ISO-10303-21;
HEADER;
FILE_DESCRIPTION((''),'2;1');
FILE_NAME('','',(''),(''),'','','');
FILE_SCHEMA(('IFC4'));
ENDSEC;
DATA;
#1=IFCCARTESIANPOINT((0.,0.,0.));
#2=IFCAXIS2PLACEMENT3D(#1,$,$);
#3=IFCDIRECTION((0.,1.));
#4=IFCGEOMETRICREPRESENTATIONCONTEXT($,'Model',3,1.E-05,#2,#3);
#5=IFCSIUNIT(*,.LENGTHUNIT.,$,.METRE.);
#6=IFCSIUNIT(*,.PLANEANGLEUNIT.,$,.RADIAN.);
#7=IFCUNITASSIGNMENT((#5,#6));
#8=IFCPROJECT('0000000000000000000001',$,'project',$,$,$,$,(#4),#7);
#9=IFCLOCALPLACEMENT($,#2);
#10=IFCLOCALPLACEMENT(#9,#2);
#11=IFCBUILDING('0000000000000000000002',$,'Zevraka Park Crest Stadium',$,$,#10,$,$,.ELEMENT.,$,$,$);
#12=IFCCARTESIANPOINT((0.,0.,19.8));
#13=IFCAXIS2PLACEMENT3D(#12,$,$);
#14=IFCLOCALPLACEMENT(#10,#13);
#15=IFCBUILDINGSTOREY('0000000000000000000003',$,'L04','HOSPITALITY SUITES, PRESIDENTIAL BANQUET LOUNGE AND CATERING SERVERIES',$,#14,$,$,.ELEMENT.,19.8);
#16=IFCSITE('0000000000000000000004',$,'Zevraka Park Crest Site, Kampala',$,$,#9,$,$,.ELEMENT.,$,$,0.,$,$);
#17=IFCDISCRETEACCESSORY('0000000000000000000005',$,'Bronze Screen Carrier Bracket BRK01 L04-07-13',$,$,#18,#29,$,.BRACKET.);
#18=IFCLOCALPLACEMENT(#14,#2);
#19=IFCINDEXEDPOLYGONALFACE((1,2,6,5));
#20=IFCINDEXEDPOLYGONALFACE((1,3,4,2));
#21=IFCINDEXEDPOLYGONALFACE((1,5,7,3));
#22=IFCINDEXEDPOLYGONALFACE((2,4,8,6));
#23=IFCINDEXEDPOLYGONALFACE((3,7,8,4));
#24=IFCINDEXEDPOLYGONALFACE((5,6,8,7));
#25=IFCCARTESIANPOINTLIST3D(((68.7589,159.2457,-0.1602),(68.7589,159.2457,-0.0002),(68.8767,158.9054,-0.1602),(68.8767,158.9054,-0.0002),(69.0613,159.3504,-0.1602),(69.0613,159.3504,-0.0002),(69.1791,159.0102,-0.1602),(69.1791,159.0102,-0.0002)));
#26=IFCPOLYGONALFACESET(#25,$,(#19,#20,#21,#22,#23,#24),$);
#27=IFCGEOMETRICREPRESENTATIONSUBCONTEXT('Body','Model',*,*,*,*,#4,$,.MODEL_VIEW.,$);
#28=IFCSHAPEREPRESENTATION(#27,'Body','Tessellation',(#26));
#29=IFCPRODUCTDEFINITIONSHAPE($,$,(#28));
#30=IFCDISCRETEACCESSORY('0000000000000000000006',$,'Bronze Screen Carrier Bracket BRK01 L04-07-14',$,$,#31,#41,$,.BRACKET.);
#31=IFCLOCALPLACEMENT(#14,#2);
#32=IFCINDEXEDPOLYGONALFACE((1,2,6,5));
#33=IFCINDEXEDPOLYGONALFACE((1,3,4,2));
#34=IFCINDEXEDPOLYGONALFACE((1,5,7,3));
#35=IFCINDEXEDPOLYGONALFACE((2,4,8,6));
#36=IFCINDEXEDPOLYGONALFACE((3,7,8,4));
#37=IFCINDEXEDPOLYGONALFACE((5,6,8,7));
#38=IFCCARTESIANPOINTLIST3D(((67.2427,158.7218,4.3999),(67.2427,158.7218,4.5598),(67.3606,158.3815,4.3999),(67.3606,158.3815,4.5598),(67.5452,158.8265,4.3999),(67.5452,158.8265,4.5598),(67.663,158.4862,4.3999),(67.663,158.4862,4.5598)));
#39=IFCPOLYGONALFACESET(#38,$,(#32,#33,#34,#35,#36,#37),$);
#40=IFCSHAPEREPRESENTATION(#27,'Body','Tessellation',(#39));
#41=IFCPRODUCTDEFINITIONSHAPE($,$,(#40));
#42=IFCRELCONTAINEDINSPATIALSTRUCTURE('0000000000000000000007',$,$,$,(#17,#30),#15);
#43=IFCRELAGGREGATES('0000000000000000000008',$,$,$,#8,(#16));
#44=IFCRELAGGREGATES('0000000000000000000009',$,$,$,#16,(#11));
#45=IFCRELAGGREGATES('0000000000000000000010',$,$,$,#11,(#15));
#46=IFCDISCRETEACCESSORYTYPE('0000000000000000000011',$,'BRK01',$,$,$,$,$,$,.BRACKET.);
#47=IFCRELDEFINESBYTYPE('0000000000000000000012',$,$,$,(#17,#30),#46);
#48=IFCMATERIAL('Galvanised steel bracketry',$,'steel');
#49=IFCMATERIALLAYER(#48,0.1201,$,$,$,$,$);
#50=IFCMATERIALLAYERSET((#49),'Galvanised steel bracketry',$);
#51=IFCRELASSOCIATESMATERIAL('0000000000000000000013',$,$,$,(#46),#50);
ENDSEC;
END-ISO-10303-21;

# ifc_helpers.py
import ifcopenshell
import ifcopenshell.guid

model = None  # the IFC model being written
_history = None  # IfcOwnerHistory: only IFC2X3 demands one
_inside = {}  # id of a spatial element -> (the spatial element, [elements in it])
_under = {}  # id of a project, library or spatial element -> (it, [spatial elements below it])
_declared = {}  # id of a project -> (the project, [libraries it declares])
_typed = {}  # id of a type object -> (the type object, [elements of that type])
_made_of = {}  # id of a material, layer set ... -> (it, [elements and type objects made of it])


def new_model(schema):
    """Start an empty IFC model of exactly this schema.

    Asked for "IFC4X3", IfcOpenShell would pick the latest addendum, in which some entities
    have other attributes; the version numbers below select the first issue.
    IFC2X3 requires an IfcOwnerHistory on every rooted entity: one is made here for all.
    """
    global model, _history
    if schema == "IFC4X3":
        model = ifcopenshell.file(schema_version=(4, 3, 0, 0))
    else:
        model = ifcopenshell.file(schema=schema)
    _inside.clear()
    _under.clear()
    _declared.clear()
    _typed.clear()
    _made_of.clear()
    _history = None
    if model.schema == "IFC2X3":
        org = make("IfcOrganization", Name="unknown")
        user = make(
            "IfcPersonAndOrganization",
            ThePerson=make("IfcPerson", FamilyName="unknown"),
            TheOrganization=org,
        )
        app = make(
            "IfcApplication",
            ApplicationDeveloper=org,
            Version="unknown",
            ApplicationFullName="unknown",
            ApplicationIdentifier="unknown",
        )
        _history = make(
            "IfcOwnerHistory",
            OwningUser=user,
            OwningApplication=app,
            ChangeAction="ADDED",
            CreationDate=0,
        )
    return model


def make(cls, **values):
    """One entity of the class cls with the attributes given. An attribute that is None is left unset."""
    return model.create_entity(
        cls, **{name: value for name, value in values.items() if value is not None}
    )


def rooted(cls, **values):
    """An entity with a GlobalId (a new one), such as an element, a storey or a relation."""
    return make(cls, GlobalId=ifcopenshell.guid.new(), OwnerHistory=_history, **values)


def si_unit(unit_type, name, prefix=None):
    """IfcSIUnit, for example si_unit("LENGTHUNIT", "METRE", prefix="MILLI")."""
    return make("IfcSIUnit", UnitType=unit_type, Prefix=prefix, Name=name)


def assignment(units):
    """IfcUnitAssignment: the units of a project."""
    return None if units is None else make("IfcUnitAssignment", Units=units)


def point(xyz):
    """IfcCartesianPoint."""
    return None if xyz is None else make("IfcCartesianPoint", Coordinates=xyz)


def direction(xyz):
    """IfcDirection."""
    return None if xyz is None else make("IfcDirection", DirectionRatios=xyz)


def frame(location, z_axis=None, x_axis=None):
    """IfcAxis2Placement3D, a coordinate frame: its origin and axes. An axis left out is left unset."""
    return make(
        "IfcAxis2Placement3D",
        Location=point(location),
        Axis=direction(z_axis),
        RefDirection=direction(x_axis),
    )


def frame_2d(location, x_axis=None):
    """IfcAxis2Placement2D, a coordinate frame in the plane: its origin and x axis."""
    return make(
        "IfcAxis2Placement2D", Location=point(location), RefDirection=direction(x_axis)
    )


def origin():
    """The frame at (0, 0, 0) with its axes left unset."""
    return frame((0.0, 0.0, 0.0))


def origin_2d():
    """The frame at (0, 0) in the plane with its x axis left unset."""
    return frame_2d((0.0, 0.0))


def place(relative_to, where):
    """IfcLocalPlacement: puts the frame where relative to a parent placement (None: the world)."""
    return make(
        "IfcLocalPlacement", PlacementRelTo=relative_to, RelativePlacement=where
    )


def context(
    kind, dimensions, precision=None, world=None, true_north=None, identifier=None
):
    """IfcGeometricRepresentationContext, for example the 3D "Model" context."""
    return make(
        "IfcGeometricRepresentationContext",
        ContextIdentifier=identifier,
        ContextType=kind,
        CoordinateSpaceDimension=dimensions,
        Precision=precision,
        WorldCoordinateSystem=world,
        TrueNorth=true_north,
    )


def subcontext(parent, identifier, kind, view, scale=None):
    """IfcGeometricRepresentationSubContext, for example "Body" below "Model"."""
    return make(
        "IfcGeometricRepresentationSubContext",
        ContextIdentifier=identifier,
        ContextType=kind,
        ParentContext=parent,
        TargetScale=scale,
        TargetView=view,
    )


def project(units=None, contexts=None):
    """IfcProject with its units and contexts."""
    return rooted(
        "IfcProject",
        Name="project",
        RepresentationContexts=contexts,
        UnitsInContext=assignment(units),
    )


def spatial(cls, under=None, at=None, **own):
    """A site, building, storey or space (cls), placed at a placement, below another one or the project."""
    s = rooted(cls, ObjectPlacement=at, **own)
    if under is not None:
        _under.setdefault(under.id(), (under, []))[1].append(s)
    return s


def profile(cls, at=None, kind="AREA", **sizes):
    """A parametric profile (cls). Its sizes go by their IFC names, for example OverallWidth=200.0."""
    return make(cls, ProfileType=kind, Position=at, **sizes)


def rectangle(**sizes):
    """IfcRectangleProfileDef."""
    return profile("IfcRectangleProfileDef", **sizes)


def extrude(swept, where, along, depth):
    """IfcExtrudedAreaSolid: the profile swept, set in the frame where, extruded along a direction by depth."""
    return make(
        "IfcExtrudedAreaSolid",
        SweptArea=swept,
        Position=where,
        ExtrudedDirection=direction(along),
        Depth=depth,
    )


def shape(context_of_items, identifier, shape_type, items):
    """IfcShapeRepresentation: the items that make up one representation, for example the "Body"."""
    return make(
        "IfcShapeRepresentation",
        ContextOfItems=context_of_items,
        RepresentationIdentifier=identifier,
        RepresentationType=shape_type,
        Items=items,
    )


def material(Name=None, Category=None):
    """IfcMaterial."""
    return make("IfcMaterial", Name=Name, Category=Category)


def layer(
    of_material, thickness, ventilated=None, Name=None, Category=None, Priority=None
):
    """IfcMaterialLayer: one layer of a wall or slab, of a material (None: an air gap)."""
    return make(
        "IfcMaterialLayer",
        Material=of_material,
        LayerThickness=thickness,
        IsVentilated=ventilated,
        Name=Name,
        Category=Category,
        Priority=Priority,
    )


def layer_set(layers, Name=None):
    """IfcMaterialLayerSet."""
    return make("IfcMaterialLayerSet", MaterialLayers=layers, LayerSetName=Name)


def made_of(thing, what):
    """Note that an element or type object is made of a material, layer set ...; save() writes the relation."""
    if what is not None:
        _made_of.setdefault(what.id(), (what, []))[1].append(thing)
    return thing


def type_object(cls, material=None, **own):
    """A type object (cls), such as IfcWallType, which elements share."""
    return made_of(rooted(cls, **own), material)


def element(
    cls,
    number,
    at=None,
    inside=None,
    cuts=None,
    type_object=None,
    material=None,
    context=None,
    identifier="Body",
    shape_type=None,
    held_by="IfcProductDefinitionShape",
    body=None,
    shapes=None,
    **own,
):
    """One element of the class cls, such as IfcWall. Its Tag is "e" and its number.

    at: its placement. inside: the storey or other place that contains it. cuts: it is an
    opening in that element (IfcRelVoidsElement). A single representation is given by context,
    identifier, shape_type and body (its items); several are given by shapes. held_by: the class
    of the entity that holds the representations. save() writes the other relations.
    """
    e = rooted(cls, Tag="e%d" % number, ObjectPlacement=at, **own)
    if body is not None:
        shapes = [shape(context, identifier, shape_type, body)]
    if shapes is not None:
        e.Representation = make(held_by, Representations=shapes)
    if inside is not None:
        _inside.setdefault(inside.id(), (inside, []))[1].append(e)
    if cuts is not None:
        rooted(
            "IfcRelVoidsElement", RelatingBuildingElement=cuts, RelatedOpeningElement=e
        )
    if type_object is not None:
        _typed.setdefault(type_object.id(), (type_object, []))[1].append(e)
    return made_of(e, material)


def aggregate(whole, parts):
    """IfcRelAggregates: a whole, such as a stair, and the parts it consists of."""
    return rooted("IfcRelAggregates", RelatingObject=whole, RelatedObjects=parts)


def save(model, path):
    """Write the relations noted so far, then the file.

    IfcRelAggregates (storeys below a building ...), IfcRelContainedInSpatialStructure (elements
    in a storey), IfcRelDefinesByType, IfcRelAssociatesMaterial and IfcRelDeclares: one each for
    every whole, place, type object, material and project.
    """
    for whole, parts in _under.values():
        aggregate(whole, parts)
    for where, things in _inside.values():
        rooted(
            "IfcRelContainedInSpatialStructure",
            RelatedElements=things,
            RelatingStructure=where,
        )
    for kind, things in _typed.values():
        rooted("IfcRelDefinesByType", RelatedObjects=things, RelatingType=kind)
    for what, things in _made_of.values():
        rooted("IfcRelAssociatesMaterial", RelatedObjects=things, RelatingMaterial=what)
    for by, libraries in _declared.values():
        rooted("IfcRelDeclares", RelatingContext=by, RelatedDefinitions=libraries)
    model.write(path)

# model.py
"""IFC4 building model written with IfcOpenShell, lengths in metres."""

from ifc_helpers import new_model, si_unit, direction, frame, origin, origin_2d, place, context, subcontext, project, spatial, rectangle, extrude, material, layer, layer_set, type_object, element, save


model = new_model("IFC4")

# Units and contexts
model_context = context("Model", 3, precision=1e-05, world=origin(), true_north=direction((0.0, 1.0)))
body_context = subcontext(model_context, "Body", "Model", "MODEL_VIEW")
ifc_project = project(units=[si_unit("LENGTHUNIT", "METRE"), si_unit("PLANEANGLEUNIT", "RADIAN")], contexts=[model_context])

# Site, building, storey
site_placement = place(None, origin())
site = spatial("IfcSite", under=ifc_project, at=site_placement, Name="Zevraka Park Crest Site, Kampala", CompositionType="ELEMENT", RefElevation=0.0)
building_placement = place(site_placement, origin())
building = spatial("IfcBuilding", under=site, at=building_placement, Name="Zevraka Park Crest Stadium", CompositionType="ELEMENT")
storey_placement = place(building_placement, frame((0.0, 0.0, 19.8)))
storey = spatial("IfcBuildingStorey", under=building, at=storey_placement, Name="L04", Description="HOSPITALITY SUITES, PRESIDENTIAL BANQUET LOUNGE AND CATERING SERVERIES", CompositionType="ELEMENT", Elevation=19.8)

# Discrete accessories
ifc_material_1 = material(Name="Galvanised steel bracketry", Category="steel")
ifc_layer_1 = layer(ifc_material_1, 0.1201)
ifc_layer_set_1 = layer_set([ifc_layer_1], Name="Galvanised steel bracketry")
discrete_accessory_type = type_object("IfcDiscreteAccessoryType", Name="BRK01", PredefinedType="BRACKET", material=ifc_layer_set_1)
for number, where, z_axis, x_axis, name in (
    (1, (68.969, 159.1279, -0.1602), (0.0, 0.0, 1.0), (-0.944949, -0.327218, 0.0), "Bronze Screen Carrier Bracket BRK01 L04-07-13"),
    (2, (67.4529, 158.604, 4.3999), (0.0, 0.0, 1.0), (-0.944949, -0.327218, 0.0), "Bronze Screen Carrier Bracket BRK01 L04-07-14"),
):
    element("IfcDiscreteAccessory", number, at=place(storey_placement, frame(where, z_axis=z_axis, x_axis=x_axis)), inside=storey, type_object=discrete_accessory_type, Name=name, PredefinedType="BRACKET", context=body_context, shape_type="SweptSolid", body=[
        extrude(rectangle(XDim=0.3201, YDim=0.3601, at=origin_2d()), origin(), (0.0, 0.0, 1.0), 0.1599),
    ])

save(model, "model.ifc")
